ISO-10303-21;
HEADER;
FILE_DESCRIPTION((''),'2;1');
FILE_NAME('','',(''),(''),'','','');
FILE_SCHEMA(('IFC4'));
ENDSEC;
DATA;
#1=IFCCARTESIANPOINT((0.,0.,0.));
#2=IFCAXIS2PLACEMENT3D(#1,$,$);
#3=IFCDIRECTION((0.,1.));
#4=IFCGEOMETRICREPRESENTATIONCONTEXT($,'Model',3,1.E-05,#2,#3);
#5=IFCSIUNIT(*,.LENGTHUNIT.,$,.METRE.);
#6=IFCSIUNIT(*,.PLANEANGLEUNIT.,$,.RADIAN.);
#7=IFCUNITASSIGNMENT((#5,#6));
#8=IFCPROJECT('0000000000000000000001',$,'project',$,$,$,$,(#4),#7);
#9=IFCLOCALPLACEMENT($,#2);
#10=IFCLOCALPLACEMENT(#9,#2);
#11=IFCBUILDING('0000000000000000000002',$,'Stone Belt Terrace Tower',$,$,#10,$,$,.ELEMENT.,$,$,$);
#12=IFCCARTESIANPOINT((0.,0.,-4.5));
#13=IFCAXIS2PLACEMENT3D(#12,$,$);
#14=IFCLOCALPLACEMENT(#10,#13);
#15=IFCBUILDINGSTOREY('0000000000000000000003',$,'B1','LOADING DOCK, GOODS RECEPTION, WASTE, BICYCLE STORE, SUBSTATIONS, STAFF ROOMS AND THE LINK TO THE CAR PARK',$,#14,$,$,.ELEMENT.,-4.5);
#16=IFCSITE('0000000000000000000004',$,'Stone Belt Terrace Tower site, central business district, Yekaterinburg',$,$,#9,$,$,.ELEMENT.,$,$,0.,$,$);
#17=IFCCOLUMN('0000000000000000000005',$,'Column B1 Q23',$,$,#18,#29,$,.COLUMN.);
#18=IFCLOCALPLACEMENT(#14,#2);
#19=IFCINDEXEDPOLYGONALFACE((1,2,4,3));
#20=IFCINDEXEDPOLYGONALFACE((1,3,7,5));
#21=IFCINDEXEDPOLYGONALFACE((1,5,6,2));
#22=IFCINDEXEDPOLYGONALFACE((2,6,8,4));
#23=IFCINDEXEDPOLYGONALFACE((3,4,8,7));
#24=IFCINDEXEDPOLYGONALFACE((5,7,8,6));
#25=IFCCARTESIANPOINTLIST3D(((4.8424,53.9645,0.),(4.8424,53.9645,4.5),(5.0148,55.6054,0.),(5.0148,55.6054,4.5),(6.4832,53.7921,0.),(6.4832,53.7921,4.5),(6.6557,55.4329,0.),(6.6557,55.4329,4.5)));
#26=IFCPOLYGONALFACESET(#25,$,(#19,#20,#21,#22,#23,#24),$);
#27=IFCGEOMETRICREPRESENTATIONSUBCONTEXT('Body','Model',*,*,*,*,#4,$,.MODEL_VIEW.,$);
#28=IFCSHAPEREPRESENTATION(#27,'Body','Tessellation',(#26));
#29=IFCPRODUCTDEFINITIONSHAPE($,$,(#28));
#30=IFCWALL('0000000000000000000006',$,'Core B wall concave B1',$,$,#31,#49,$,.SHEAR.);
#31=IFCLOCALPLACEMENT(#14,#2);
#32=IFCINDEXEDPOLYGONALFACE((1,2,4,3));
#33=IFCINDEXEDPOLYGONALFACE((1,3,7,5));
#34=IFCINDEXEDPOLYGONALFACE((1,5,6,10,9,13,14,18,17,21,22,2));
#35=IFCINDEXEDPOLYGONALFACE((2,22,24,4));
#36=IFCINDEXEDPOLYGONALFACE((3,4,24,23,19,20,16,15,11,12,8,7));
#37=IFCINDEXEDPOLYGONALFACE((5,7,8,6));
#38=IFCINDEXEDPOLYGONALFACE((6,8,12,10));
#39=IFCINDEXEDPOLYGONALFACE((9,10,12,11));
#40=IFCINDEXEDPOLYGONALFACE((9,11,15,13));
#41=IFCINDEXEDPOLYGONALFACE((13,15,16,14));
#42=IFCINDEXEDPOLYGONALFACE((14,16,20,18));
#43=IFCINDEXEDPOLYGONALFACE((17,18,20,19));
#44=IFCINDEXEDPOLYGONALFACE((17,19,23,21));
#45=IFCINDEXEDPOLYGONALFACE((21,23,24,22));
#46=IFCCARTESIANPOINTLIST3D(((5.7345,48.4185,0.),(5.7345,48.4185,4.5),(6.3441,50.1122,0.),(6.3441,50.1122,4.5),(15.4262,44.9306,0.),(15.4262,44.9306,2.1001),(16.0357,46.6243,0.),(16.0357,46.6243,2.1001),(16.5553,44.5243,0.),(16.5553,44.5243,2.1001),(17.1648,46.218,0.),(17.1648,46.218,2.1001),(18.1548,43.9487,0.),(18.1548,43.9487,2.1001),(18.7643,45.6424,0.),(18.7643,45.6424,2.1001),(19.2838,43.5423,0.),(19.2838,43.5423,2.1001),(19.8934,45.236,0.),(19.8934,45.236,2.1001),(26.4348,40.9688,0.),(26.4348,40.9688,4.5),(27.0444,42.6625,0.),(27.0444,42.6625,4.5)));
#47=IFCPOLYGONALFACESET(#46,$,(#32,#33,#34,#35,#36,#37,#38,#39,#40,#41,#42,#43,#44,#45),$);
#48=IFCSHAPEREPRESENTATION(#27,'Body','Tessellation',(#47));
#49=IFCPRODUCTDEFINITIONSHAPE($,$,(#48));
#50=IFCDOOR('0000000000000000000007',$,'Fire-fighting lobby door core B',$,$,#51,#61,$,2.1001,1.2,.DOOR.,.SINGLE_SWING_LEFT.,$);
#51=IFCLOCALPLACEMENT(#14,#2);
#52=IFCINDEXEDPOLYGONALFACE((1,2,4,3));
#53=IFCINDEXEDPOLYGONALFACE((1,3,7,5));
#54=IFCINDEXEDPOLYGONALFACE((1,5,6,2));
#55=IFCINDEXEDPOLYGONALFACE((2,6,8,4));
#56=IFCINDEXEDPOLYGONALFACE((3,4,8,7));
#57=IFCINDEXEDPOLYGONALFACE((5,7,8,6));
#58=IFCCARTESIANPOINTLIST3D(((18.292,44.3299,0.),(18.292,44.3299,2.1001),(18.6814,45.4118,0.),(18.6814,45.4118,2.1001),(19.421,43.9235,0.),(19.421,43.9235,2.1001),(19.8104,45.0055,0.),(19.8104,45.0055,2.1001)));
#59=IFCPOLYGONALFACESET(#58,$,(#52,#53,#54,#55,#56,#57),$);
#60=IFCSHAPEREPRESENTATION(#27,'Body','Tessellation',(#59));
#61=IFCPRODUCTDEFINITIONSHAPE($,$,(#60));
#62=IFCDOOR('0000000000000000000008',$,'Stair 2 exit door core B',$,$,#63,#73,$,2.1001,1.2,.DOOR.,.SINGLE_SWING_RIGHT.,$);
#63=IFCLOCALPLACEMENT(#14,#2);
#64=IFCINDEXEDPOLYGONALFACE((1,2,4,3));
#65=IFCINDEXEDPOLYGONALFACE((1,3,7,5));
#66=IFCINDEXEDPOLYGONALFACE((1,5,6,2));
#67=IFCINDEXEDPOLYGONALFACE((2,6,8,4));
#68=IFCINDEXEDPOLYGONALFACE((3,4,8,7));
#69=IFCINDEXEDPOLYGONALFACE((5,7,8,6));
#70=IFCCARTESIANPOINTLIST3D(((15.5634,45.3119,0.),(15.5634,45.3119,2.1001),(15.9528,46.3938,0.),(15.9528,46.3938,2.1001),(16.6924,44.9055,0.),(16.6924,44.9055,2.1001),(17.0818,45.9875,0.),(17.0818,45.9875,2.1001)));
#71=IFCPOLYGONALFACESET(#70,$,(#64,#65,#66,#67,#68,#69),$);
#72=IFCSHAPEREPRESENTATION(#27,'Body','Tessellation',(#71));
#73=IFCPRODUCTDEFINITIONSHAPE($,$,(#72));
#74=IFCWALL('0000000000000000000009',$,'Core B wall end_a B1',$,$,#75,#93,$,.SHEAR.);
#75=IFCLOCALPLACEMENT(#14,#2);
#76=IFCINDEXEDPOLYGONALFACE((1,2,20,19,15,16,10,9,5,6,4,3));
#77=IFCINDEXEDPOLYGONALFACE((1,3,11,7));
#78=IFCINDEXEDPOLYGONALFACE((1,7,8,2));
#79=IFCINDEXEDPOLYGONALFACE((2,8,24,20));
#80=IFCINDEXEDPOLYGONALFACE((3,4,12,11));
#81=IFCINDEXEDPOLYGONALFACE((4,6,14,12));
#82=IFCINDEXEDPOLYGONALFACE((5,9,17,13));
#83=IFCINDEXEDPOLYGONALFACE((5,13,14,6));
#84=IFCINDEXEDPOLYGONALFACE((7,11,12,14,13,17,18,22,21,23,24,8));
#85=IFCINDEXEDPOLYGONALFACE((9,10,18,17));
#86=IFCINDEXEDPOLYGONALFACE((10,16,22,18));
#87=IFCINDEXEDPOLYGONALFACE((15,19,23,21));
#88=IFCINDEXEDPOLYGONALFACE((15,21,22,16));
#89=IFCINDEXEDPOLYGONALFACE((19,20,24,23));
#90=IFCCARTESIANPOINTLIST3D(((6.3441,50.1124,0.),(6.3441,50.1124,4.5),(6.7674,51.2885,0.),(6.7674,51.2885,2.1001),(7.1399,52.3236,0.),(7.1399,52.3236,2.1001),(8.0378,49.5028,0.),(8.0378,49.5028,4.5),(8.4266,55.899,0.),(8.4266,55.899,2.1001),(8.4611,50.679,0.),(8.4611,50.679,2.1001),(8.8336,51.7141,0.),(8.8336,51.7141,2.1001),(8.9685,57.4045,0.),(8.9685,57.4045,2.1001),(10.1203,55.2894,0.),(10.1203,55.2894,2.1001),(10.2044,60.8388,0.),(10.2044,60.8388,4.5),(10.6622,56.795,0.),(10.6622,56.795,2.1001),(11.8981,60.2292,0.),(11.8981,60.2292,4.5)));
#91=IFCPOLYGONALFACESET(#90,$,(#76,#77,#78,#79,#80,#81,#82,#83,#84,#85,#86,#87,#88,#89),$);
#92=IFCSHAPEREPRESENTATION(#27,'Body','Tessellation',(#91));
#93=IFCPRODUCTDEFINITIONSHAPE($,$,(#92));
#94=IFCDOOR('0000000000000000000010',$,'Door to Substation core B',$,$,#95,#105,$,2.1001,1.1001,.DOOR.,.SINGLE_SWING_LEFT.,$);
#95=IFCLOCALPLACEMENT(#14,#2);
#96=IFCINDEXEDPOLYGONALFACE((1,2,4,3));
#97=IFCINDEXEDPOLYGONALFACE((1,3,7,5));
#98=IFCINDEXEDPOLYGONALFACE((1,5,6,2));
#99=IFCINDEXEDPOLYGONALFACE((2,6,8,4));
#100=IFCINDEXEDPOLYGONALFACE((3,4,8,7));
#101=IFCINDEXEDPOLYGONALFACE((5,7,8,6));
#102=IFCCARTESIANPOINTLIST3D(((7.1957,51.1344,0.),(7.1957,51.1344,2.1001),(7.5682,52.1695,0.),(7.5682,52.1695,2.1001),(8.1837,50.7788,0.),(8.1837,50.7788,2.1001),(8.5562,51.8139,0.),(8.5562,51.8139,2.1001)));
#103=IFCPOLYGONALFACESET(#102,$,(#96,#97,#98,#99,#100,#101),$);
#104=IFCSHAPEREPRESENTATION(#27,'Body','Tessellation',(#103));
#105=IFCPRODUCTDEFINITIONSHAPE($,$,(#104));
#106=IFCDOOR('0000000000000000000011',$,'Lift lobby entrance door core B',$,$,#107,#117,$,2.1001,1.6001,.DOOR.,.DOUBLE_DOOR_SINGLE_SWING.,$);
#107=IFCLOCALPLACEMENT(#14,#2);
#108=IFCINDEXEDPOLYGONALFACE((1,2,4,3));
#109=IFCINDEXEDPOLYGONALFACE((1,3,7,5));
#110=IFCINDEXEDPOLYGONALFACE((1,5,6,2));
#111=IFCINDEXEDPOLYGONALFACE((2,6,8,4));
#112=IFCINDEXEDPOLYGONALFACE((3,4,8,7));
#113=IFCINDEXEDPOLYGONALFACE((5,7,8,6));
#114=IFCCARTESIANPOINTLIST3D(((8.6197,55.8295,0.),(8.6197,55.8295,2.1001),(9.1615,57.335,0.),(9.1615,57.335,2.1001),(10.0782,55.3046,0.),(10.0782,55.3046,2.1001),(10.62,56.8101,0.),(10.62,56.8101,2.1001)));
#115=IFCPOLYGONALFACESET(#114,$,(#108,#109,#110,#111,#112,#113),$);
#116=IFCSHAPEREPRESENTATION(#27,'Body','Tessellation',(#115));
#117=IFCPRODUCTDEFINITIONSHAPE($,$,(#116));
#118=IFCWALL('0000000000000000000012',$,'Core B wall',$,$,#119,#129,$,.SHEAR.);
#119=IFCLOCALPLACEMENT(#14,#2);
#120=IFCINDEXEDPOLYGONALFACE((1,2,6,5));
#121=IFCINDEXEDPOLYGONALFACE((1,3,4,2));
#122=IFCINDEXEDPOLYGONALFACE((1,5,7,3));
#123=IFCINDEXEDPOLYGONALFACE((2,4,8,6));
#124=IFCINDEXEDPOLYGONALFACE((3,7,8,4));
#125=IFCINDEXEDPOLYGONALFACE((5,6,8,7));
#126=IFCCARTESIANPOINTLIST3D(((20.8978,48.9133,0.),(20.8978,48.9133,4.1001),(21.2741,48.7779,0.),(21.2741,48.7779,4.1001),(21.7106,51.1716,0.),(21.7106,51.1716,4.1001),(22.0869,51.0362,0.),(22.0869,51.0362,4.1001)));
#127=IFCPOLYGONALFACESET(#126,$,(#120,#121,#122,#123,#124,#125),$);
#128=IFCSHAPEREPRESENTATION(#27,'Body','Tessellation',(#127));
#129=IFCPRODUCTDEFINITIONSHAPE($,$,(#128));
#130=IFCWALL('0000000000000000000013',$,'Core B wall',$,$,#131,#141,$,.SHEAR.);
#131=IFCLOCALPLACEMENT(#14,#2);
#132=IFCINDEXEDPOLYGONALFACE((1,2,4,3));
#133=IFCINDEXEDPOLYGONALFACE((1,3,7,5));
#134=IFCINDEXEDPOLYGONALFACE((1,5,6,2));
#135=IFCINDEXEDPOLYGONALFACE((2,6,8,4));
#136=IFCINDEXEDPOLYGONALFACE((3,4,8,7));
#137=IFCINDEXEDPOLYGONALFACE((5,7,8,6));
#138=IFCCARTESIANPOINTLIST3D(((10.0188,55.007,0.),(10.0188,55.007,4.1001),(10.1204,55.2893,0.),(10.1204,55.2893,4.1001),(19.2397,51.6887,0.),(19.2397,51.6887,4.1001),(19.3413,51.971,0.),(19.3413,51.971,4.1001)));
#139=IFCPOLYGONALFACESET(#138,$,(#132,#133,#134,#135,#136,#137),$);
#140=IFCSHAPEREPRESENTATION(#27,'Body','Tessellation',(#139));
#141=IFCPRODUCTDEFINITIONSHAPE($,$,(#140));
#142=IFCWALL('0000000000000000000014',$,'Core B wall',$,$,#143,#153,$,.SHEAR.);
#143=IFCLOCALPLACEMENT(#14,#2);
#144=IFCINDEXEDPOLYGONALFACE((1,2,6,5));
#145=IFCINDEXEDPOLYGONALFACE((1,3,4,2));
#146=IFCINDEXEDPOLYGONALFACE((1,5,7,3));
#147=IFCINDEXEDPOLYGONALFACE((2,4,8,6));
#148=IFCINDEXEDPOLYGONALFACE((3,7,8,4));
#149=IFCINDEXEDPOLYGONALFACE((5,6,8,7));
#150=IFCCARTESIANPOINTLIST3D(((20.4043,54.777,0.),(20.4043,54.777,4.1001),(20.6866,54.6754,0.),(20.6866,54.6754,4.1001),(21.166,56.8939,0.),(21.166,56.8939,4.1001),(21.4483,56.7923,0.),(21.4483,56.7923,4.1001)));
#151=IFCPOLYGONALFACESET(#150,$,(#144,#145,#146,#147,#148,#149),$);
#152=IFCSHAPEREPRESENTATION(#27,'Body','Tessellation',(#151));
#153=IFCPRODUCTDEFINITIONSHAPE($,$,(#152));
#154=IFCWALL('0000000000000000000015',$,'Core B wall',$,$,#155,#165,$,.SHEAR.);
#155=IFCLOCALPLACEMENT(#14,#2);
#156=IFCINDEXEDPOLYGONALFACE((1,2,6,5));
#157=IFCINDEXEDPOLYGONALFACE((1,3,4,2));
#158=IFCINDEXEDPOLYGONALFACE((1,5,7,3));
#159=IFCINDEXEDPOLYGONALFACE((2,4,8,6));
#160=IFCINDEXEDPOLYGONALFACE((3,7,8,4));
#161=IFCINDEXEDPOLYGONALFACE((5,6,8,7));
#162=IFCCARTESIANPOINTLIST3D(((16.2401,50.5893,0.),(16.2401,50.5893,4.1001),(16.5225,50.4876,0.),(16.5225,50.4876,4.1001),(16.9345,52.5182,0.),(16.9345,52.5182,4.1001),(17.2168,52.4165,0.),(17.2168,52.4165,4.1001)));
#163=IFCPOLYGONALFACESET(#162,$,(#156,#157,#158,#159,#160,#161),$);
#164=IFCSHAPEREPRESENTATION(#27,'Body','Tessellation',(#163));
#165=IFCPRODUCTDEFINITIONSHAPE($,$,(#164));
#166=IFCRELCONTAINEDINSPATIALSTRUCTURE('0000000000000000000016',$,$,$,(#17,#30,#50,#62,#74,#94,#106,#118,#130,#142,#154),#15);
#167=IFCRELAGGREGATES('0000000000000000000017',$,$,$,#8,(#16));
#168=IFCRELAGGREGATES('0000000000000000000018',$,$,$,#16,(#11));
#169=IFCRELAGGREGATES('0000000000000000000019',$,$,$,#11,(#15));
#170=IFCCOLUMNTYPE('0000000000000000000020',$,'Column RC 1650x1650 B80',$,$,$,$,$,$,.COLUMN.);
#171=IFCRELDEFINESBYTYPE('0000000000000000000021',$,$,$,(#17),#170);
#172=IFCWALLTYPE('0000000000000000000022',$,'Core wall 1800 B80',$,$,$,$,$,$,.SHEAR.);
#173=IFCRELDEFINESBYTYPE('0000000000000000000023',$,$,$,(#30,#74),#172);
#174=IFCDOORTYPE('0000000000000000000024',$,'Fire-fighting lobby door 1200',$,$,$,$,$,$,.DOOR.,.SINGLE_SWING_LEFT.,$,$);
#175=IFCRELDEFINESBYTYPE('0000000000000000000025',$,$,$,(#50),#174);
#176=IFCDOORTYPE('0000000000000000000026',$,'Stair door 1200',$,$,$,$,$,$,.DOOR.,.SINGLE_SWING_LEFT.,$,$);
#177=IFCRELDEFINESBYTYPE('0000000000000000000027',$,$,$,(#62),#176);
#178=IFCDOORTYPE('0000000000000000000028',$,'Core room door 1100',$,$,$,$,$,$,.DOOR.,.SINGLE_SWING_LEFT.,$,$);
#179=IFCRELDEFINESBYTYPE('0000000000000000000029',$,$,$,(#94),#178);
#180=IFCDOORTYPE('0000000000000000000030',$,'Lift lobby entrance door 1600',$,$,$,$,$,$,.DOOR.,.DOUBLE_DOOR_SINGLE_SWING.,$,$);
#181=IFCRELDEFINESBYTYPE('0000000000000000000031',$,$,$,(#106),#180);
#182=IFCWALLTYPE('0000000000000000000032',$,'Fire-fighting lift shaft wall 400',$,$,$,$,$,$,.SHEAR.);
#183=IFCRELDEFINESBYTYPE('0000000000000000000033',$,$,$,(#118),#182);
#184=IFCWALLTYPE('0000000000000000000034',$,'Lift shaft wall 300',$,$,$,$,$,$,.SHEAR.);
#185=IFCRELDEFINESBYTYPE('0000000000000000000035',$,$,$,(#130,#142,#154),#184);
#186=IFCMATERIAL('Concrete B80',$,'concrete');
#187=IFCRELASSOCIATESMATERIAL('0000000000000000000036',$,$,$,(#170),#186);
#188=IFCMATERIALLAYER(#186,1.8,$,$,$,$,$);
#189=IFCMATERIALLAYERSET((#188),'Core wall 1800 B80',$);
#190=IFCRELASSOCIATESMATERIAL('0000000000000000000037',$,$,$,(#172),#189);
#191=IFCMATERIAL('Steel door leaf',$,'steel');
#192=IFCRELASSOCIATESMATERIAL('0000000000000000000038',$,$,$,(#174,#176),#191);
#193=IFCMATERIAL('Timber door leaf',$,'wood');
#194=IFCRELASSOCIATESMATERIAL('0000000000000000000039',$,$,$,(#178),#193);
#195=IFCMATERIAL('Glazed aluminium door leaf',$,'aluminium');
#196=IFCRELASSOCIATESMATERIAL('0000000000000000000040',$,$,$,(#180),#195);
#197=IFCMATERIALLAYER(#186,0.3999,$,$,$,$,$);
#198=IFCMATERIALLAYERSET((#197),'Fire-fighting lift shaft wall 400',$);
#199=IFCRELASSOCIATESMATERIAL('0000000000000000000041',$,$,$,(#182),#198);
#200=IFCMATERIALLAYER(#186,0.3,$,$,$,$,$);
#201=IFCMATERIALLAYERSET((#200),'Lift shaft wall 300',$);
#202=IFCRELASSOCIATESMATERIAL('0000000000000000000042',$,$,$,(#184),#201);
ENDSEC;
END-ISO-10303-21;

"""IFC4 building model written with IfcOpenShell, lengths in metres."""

from ifc_helpers import new_model, si_unit, direction, frame, frame_2d, origin, origin_2d, place, context, subcontext, project, spatial, rectangle, extrude, material, layer, layer_set, material_profile, profile_set, type_object, element, fill, save


model = new_model("IFC4")

# Units and contexts
model_context = context("Model", 3, precision=1e-05, world=origin(), true_north=direction((0.0, 1.0)))
body_context = subcontext(model_context, "Body", "Model", "MODEL_VIEW")
ifc_project = project(units=[si_unit("LENGTHUNIT", "METRE"), si_unit("PLANEANGLEUNIT", "RADIAN")], contexts=[model_context])

# Site, building, storey
site_placement = place(None, origin())
site = spatial("IfcSite", under=ifc_project, at=site_placement, Name="Stone Belt Terrace Tower site, central business district, Yekaterinburg", CompositionType="ELEMENT", RefElevation=0.0)
building_placement = place(site_placement, origin())
building = spatial("IfcBuilding", under=site, at=building_placement, Name="Stone Belt Terrace Tower", CompositionType="ELEMENT")
storey_placement = place(building_placement, frame((0.0, 0.0, -4.5)))
storey = spatial("IfcBuildingStorey", under=building, at=storey_placement, Name="B1", Description="LOADING DOCK, GOODS RECEPTION, WASTE, BICYCLE STORE, SUBSTATIONS, STAFF ROOMS AND THE LINK TO THE CAR PARK", CompositionType="ELEMENT", Elevation=-4.5)

# Column
ifc_material_1 = material(Name="Concrete B80", Category="concrete")
ifc_material_profile = material_profile(ifc_material_1, rectangle(XDim=1.6499, YDim=1.6499, at=origin_2d()), Name="RC 1650x1650")
ifc_profile_set = profile_set([ifc_material_profile], Name="Concrete B80")
column_type = type_object("IfcColumnType", Name="Column RC 1650x1650 B80", PredefinedType="COLUMN", material=ifc_profile_set)
column_placement = place(storey_placement, frame((5.749, 54.6987, 0.0), z_axis=(0.0, 0.0, 1.0), x_axis=(0.994522, -0.104528, 0.0)))
element("IfcColumn", 1, at=column_placement, inside=storey, type_object=column_type, Name="Column B1 Q23", PredefinedType="COLUMN", context=body_context, shape_type="SweptSolid", body=[
    extrude(rectangle(XDim=1.6499, YDim=1.6499, at=origin_2d()), origin(), (0.0, 0.0, 1.0), 4.5),
])

# Walls, openings, doors
ifc_layer_1 = layer(ifc_material_1, 1.8)
ifc_layer_set_1 = layer_set([ifc_layer_1], Name="Core wall 1800 B80")
wall_type_1 = type_object("IfcWallType", Name="Core wall 1800 B80", PredefinedType="SHEAR", material=ifc_layer_set_1)
wall_1_placement = place(storey_placement, frame((6.0393, 49.2654, 0.0), z_axis=(0.0, 0.0, 1.0), x_axis=(0.940922, -0.338624, 0.0)))
wall_1 = element("IfcWall", 2, at=wall_1_placement, inside=storey, type_object=wall_type_1, Name="Core B wall concave B1", PredefinedType="SHEAR", context=body_context, shape_type="SweptSolid", body=[
    extrude(rectangle(XDim=22.0, YDim=1.8, at=frame_2d((11.0, 0.0))), origin(), (0.0, 0.0, 1.0), 4.5),
])
opening_1_placement = place(wall_1_placement, frame((13.2, 0.0, 0.0)))
opening_1 = element("IfcOpeningElement", 3, at=opening_1_placement, cuts=wall_1, PredefinedType="OPENING", context=body_context, shape_type="SweptSolid", body=[
    extrude(rectangle(XDim=1.2, YDim=2.1001, at=frame_2d((0.6001, 1.05))), frame((0.0, 0.9099, 0.0), z_axis=(0.0, -1.0, 0.0), x_axis=(1.0, 0.0, 0.0)), (0.0, 0.0, 1.0), 1.8201),
])
opening_2_placement = place(wall_1_placement, frame((10.3, 0.0, 0.0)))
opening_2 = element("IfcOpeningElement", 4, at=opening_2_placement, cuts=wall_1, PredefinedType="OPENING", context=body_context, shape_type="SweptSolid", body=[
    extrude(rectangle(XDim=1.2, YDim=2.1001, at=frame_2d((0.6001, 1.05))), frame((0.0, 0.9099, 0.0), z_axis=(0.0, -1.0, 0.0), x_axis=(1.0, 0.0, 0.0)), (0.0, 0.0, 1.0), 1.8201),
])
ifc_material_2 = material(Name="Steel door leaf", Category="steel")
door_type_1 = type_object("IfcDoorType", Name="Fire-fighting lobby door 1200", OperationType="SINGLE_SWING_LEFT", PredefinedType="DOOR", material=ifc_material_2)
door_1_placement = place(opening_1_placement, origin())
door_1 = element("IfcDoor", 5, at=door_1_placement, inside=storey, type_object=door_type_1, Name="Fire-fighting lobby door core B", OperationType="SINGLE_SWING_LEFT", OverallHeight=2.1001, OverallWidth=1.2, PredefinedType="DOOR", context=body_context, shape_type="SweptSolid", body=[
    extrude(rectangle(XDim=1.2, YDim=2.1001, at=frame_2d((0.6001, 1.05))), frame((0.0, 0.655, 0.0), z_axis=(0.0, -1.0, 0.0), x_axis=(1.0, 0.0, 0.0)), (0.0, 0.0, 1.0), 1.1499),
])
fill(opening_1, door_1)
door_type_2 = type_object("IfcDoorType", Name="Stair door 1200", OperationType="SINGLE_SWING_LEFT", PredefinedType="DOOR", material=ifc_material_2)
door_2_placement = place(opening_2_placement, origin())
door_2 = element("IfcDoor", 6, at=door_2_placement, inside=storey, type_object=door_type_2, Name="Stair 2 exit door core B", OperationType="SINGLE_SWING_RIGHT", OverallHeight=2.1001, OverallWidth=1.2, PredefinedType="DOOR", context=body_context, shape_type="SweptSolid", body=[
    extrude(rectangle(XDim=1.2, YDim=2.1001, at=frame_2d((0.6001, 1.05))), frame((0.0, 0.655, 0.0), z_axis=(0.0, -1.0, 0.0), x_axis=(1.0, 0.0, 0.0)), (0.0, 0.0, 1.0), 1.1499),
])
fill(opening_2, door_2)
wall_2_placement = place(storey_placement, frame((7.1909, 49.8076, 0.0), z_axis=(0.0, 0.0, 1.0), x_axis=(0.338632, 0.940919, 0.0)))
wall_2 = element("IfcWall", 7, at=wall_2_placement, inside=storey, type_object=wall_type_1, Name="Core B wall end_a B1", PredefinedType="SHEAR", context=body_context, shape_type="SweptSolid", body=[
    extrude(rectangle(XDim=11.3999, YDim=1.8, at=frame_2d((5.7, 0.0))), origin(), (0.0, 0.0, 1.0), 4.5),
])
opening_3_placement = place(wall_2_placement, frame((6.1499, 0.0, 0.0)))
opening_3 = element("IfcOpeningElement", 8, at=opening_3_placement, cuts=wall_2, PredefinedType="OPENING", context=body_context, shape_type="SweptSolid", body=[
    extrude(rectangle(XDim=1.6001, YDim=2.1001, at=frame_2d((0.8, 1.05))), frame((0.0, 0.9099, 0.0), z_axis=(0.0, -1.0, 0.0), x_axis=(1.0, 0.0, 0.0)), (0.0, 0.0, 1.0), 1.8201),
])
opening_4_placement = place(wall_2_placement, frame((1.25, 0.0, 0.0)))
opening_4 = element("IfcOpeningElement", 9, at=opening_4_placement, cuts=wall_2, PredefinedType="OPENING", context=body_context, shape_type="SweptSolid", body=[
    extrude(rectangle(XDim=1.1001, YDim=2.1001, at=frame_2d((0.55, 1.05))), frame((0.0, 0.9099, 0.0), z_axis=(0.0, -1.0, 0.0), x_axis=(1.0, 0.0, 0.0)), (0.0, 0.0, 1.0), 1.8201),
])
ifc_material_3 = material(Name="Timber door leaf", Category="wood")
door_type_3 = type_object("IfcDoorType", Name="Core room door 1100", OperationType="SINGLE_SWING_LEFT", PredefinedType="DOOR", material=ifc_material_3)
door_3_placement = place(opening_4_placement, origin())
door_3 = element("IfcDoor", 10, at=door_3_placement, inside=storey, type_object=door_type_3, Name="Door to Substation core B", OperationType="SINGLE_SWING_LEFT", OverallHeight=2.1001, OverallWidth=1.1001, PredefinedType="DOOR", context=body_context, shape_type="SweptSolid", body=[
    extrude(rectangle(XDim=1.1001, YDim=2.1001, at=frame_2d((0.55, 1.05))), frame((0.0, 0.4448, 0.0), z_axis=(0.0, -1.0, 0.0), x_axis=(1.0, 0.0, 0.0)), (0.0, 0.0, 1.0), 1.05),
])
fill(opening_4, door_3)
ifc_material_4 = material(Name="Glazed aluminium door leaf", Category="aluminium")
door_type_4 = type_object("IfcDoorType", Name="Lift lobby entrance door 1600", OperationType="DOUBLE_DOOR_SINGLE_SWING", PredefinedType="DOOR", material=ifc_material_4)
door_4_placement = place(opening_3_placement, origin())
door_4 = element("IfcDoor", 11, at=door_4_placement, inside=storey, type_object=door_type_4, Name="Lift lobby entrance door core B", OperationType="DOUBLE_DOOR_SINGLE_SWING", OverallHeight=2.1001, OverallWidth=1.6001, PredefinedType="DOOR", context=body_context, shape_type="SweptSolid", body=[
    extrude(rectangle(XDim=1.6001, YDim=2.1001, at=frame_2d((0.8, 1.05))), frame((0.0, 0.6948, 0.0), z_axis=(0.0, -1.0, 0.0), x_axis=(1.0, 0.0, 0.0)), (0.0, 0.0, 1.0), 1.55),
])
fill(opening_3, door_4)

# Walls
ifc_layer_2 = layer(ifc_material_1, 0.3999)
ifc_layer_set_2 = layer_set([ifc_layer_2], Name="Fire-fighting lift shaft wall 400")
wall_type_2 = type_object("IfcWallType", Name="Fire-fighting lift shaft wall 400", PredefinedType="SHEAR", material=ifc_layer_set_2)
wall_3_placement = place(storey_placement, frame((21.0859, 48.8455, 0.0), z_axis=(0.0, 0.0, 1.0), x_axis=(0.338629, 0.94092, 0.0)))
element("IfcWall", 12, at=wall_3_placement, inside=storey, type_object=wall_type_2, Name="Core B wall", PredefinedType="SHEAR", context=body_context, shape_type="SweptSolid", body=[
    extrude(rectangle(XDim=2.4001, YDim=0.3999, at=frame_2d((1.2002, 0.0))), origin(), (0.0, 0.0, 1.0), 4.1001),
])
ifc_layer_3 = layer(ifc_material_1, 0.3)
ifc_layer_set_3 = layer_set([ifc_layer_3], Name="Lift shaft wall 300")
wall_type_3 = type_object("IfcWallType", Name="Lift shaft wall 300", PredefinedType="SHEAR", material=ifc_layer_set_3)
wall_4_placement = place(storey_placement, frame((19.2905, 51.8298, 0.0), z_axis=(0.0, 0.0, 1.0), x_axis=(-0.940926, 0.338613, 0.0)))
element("IfcWall", 13, at=wall_4_placement, inside=storey, type_object=wall_type_3, Name="Core B wall", PredefinedType="SHEAR", context=body_context, shape_type="SweptSolid", body=[
    extrude(rectangle(XDim=9.7998, YDim=0.3, at=frame_2d((4.8999, 0.0))), origin(), (0.0, 0.0, 1.0), 4.1001),
])
wall_5_placement = place(storey_placement, frame((20.5454, 54.7261, 0.0), z_axis=(0.0, 0.0, 1.0), x_axis=(0.33857, 0.940941, 0.0)))
element("IfcWall", 14, at=wall_5_placement, inside=storey, type_object=wall_type_3, Name="Core B wall", PredefinedType="SHEAR", context=body_context, shape_type="SweptSolid", body=[
    extrude(rectangle(XDim=2.2498, YDim=0.3, at=frame_2d((1.125, 0.0))), origin(), (0.0, 0.0, 1.0), 4.1001),
])
wall_6_placement = place(storey_placement, frame((16.3813, 50.5386, 0.0), z_axis=(0.0, 0.0, 1.0), x_axis=(0.338682, 0.940901, 0.0)))
element("IfcWall", 15, at=wall_6_placement, inside=storey, type_object=wall_type_3, Name="Core B wall", PredefinedType="SHEAR", context=body_context, shape_type="SweptSolid", body=[
    extrude(rectangle(XDim=2.05, YDim=0.3, at=frame_2d((1.0249, 0.0))), origin(), (0.0, 0.0, 1.0), 4.1001),
])

save(model, "model.ifc")
